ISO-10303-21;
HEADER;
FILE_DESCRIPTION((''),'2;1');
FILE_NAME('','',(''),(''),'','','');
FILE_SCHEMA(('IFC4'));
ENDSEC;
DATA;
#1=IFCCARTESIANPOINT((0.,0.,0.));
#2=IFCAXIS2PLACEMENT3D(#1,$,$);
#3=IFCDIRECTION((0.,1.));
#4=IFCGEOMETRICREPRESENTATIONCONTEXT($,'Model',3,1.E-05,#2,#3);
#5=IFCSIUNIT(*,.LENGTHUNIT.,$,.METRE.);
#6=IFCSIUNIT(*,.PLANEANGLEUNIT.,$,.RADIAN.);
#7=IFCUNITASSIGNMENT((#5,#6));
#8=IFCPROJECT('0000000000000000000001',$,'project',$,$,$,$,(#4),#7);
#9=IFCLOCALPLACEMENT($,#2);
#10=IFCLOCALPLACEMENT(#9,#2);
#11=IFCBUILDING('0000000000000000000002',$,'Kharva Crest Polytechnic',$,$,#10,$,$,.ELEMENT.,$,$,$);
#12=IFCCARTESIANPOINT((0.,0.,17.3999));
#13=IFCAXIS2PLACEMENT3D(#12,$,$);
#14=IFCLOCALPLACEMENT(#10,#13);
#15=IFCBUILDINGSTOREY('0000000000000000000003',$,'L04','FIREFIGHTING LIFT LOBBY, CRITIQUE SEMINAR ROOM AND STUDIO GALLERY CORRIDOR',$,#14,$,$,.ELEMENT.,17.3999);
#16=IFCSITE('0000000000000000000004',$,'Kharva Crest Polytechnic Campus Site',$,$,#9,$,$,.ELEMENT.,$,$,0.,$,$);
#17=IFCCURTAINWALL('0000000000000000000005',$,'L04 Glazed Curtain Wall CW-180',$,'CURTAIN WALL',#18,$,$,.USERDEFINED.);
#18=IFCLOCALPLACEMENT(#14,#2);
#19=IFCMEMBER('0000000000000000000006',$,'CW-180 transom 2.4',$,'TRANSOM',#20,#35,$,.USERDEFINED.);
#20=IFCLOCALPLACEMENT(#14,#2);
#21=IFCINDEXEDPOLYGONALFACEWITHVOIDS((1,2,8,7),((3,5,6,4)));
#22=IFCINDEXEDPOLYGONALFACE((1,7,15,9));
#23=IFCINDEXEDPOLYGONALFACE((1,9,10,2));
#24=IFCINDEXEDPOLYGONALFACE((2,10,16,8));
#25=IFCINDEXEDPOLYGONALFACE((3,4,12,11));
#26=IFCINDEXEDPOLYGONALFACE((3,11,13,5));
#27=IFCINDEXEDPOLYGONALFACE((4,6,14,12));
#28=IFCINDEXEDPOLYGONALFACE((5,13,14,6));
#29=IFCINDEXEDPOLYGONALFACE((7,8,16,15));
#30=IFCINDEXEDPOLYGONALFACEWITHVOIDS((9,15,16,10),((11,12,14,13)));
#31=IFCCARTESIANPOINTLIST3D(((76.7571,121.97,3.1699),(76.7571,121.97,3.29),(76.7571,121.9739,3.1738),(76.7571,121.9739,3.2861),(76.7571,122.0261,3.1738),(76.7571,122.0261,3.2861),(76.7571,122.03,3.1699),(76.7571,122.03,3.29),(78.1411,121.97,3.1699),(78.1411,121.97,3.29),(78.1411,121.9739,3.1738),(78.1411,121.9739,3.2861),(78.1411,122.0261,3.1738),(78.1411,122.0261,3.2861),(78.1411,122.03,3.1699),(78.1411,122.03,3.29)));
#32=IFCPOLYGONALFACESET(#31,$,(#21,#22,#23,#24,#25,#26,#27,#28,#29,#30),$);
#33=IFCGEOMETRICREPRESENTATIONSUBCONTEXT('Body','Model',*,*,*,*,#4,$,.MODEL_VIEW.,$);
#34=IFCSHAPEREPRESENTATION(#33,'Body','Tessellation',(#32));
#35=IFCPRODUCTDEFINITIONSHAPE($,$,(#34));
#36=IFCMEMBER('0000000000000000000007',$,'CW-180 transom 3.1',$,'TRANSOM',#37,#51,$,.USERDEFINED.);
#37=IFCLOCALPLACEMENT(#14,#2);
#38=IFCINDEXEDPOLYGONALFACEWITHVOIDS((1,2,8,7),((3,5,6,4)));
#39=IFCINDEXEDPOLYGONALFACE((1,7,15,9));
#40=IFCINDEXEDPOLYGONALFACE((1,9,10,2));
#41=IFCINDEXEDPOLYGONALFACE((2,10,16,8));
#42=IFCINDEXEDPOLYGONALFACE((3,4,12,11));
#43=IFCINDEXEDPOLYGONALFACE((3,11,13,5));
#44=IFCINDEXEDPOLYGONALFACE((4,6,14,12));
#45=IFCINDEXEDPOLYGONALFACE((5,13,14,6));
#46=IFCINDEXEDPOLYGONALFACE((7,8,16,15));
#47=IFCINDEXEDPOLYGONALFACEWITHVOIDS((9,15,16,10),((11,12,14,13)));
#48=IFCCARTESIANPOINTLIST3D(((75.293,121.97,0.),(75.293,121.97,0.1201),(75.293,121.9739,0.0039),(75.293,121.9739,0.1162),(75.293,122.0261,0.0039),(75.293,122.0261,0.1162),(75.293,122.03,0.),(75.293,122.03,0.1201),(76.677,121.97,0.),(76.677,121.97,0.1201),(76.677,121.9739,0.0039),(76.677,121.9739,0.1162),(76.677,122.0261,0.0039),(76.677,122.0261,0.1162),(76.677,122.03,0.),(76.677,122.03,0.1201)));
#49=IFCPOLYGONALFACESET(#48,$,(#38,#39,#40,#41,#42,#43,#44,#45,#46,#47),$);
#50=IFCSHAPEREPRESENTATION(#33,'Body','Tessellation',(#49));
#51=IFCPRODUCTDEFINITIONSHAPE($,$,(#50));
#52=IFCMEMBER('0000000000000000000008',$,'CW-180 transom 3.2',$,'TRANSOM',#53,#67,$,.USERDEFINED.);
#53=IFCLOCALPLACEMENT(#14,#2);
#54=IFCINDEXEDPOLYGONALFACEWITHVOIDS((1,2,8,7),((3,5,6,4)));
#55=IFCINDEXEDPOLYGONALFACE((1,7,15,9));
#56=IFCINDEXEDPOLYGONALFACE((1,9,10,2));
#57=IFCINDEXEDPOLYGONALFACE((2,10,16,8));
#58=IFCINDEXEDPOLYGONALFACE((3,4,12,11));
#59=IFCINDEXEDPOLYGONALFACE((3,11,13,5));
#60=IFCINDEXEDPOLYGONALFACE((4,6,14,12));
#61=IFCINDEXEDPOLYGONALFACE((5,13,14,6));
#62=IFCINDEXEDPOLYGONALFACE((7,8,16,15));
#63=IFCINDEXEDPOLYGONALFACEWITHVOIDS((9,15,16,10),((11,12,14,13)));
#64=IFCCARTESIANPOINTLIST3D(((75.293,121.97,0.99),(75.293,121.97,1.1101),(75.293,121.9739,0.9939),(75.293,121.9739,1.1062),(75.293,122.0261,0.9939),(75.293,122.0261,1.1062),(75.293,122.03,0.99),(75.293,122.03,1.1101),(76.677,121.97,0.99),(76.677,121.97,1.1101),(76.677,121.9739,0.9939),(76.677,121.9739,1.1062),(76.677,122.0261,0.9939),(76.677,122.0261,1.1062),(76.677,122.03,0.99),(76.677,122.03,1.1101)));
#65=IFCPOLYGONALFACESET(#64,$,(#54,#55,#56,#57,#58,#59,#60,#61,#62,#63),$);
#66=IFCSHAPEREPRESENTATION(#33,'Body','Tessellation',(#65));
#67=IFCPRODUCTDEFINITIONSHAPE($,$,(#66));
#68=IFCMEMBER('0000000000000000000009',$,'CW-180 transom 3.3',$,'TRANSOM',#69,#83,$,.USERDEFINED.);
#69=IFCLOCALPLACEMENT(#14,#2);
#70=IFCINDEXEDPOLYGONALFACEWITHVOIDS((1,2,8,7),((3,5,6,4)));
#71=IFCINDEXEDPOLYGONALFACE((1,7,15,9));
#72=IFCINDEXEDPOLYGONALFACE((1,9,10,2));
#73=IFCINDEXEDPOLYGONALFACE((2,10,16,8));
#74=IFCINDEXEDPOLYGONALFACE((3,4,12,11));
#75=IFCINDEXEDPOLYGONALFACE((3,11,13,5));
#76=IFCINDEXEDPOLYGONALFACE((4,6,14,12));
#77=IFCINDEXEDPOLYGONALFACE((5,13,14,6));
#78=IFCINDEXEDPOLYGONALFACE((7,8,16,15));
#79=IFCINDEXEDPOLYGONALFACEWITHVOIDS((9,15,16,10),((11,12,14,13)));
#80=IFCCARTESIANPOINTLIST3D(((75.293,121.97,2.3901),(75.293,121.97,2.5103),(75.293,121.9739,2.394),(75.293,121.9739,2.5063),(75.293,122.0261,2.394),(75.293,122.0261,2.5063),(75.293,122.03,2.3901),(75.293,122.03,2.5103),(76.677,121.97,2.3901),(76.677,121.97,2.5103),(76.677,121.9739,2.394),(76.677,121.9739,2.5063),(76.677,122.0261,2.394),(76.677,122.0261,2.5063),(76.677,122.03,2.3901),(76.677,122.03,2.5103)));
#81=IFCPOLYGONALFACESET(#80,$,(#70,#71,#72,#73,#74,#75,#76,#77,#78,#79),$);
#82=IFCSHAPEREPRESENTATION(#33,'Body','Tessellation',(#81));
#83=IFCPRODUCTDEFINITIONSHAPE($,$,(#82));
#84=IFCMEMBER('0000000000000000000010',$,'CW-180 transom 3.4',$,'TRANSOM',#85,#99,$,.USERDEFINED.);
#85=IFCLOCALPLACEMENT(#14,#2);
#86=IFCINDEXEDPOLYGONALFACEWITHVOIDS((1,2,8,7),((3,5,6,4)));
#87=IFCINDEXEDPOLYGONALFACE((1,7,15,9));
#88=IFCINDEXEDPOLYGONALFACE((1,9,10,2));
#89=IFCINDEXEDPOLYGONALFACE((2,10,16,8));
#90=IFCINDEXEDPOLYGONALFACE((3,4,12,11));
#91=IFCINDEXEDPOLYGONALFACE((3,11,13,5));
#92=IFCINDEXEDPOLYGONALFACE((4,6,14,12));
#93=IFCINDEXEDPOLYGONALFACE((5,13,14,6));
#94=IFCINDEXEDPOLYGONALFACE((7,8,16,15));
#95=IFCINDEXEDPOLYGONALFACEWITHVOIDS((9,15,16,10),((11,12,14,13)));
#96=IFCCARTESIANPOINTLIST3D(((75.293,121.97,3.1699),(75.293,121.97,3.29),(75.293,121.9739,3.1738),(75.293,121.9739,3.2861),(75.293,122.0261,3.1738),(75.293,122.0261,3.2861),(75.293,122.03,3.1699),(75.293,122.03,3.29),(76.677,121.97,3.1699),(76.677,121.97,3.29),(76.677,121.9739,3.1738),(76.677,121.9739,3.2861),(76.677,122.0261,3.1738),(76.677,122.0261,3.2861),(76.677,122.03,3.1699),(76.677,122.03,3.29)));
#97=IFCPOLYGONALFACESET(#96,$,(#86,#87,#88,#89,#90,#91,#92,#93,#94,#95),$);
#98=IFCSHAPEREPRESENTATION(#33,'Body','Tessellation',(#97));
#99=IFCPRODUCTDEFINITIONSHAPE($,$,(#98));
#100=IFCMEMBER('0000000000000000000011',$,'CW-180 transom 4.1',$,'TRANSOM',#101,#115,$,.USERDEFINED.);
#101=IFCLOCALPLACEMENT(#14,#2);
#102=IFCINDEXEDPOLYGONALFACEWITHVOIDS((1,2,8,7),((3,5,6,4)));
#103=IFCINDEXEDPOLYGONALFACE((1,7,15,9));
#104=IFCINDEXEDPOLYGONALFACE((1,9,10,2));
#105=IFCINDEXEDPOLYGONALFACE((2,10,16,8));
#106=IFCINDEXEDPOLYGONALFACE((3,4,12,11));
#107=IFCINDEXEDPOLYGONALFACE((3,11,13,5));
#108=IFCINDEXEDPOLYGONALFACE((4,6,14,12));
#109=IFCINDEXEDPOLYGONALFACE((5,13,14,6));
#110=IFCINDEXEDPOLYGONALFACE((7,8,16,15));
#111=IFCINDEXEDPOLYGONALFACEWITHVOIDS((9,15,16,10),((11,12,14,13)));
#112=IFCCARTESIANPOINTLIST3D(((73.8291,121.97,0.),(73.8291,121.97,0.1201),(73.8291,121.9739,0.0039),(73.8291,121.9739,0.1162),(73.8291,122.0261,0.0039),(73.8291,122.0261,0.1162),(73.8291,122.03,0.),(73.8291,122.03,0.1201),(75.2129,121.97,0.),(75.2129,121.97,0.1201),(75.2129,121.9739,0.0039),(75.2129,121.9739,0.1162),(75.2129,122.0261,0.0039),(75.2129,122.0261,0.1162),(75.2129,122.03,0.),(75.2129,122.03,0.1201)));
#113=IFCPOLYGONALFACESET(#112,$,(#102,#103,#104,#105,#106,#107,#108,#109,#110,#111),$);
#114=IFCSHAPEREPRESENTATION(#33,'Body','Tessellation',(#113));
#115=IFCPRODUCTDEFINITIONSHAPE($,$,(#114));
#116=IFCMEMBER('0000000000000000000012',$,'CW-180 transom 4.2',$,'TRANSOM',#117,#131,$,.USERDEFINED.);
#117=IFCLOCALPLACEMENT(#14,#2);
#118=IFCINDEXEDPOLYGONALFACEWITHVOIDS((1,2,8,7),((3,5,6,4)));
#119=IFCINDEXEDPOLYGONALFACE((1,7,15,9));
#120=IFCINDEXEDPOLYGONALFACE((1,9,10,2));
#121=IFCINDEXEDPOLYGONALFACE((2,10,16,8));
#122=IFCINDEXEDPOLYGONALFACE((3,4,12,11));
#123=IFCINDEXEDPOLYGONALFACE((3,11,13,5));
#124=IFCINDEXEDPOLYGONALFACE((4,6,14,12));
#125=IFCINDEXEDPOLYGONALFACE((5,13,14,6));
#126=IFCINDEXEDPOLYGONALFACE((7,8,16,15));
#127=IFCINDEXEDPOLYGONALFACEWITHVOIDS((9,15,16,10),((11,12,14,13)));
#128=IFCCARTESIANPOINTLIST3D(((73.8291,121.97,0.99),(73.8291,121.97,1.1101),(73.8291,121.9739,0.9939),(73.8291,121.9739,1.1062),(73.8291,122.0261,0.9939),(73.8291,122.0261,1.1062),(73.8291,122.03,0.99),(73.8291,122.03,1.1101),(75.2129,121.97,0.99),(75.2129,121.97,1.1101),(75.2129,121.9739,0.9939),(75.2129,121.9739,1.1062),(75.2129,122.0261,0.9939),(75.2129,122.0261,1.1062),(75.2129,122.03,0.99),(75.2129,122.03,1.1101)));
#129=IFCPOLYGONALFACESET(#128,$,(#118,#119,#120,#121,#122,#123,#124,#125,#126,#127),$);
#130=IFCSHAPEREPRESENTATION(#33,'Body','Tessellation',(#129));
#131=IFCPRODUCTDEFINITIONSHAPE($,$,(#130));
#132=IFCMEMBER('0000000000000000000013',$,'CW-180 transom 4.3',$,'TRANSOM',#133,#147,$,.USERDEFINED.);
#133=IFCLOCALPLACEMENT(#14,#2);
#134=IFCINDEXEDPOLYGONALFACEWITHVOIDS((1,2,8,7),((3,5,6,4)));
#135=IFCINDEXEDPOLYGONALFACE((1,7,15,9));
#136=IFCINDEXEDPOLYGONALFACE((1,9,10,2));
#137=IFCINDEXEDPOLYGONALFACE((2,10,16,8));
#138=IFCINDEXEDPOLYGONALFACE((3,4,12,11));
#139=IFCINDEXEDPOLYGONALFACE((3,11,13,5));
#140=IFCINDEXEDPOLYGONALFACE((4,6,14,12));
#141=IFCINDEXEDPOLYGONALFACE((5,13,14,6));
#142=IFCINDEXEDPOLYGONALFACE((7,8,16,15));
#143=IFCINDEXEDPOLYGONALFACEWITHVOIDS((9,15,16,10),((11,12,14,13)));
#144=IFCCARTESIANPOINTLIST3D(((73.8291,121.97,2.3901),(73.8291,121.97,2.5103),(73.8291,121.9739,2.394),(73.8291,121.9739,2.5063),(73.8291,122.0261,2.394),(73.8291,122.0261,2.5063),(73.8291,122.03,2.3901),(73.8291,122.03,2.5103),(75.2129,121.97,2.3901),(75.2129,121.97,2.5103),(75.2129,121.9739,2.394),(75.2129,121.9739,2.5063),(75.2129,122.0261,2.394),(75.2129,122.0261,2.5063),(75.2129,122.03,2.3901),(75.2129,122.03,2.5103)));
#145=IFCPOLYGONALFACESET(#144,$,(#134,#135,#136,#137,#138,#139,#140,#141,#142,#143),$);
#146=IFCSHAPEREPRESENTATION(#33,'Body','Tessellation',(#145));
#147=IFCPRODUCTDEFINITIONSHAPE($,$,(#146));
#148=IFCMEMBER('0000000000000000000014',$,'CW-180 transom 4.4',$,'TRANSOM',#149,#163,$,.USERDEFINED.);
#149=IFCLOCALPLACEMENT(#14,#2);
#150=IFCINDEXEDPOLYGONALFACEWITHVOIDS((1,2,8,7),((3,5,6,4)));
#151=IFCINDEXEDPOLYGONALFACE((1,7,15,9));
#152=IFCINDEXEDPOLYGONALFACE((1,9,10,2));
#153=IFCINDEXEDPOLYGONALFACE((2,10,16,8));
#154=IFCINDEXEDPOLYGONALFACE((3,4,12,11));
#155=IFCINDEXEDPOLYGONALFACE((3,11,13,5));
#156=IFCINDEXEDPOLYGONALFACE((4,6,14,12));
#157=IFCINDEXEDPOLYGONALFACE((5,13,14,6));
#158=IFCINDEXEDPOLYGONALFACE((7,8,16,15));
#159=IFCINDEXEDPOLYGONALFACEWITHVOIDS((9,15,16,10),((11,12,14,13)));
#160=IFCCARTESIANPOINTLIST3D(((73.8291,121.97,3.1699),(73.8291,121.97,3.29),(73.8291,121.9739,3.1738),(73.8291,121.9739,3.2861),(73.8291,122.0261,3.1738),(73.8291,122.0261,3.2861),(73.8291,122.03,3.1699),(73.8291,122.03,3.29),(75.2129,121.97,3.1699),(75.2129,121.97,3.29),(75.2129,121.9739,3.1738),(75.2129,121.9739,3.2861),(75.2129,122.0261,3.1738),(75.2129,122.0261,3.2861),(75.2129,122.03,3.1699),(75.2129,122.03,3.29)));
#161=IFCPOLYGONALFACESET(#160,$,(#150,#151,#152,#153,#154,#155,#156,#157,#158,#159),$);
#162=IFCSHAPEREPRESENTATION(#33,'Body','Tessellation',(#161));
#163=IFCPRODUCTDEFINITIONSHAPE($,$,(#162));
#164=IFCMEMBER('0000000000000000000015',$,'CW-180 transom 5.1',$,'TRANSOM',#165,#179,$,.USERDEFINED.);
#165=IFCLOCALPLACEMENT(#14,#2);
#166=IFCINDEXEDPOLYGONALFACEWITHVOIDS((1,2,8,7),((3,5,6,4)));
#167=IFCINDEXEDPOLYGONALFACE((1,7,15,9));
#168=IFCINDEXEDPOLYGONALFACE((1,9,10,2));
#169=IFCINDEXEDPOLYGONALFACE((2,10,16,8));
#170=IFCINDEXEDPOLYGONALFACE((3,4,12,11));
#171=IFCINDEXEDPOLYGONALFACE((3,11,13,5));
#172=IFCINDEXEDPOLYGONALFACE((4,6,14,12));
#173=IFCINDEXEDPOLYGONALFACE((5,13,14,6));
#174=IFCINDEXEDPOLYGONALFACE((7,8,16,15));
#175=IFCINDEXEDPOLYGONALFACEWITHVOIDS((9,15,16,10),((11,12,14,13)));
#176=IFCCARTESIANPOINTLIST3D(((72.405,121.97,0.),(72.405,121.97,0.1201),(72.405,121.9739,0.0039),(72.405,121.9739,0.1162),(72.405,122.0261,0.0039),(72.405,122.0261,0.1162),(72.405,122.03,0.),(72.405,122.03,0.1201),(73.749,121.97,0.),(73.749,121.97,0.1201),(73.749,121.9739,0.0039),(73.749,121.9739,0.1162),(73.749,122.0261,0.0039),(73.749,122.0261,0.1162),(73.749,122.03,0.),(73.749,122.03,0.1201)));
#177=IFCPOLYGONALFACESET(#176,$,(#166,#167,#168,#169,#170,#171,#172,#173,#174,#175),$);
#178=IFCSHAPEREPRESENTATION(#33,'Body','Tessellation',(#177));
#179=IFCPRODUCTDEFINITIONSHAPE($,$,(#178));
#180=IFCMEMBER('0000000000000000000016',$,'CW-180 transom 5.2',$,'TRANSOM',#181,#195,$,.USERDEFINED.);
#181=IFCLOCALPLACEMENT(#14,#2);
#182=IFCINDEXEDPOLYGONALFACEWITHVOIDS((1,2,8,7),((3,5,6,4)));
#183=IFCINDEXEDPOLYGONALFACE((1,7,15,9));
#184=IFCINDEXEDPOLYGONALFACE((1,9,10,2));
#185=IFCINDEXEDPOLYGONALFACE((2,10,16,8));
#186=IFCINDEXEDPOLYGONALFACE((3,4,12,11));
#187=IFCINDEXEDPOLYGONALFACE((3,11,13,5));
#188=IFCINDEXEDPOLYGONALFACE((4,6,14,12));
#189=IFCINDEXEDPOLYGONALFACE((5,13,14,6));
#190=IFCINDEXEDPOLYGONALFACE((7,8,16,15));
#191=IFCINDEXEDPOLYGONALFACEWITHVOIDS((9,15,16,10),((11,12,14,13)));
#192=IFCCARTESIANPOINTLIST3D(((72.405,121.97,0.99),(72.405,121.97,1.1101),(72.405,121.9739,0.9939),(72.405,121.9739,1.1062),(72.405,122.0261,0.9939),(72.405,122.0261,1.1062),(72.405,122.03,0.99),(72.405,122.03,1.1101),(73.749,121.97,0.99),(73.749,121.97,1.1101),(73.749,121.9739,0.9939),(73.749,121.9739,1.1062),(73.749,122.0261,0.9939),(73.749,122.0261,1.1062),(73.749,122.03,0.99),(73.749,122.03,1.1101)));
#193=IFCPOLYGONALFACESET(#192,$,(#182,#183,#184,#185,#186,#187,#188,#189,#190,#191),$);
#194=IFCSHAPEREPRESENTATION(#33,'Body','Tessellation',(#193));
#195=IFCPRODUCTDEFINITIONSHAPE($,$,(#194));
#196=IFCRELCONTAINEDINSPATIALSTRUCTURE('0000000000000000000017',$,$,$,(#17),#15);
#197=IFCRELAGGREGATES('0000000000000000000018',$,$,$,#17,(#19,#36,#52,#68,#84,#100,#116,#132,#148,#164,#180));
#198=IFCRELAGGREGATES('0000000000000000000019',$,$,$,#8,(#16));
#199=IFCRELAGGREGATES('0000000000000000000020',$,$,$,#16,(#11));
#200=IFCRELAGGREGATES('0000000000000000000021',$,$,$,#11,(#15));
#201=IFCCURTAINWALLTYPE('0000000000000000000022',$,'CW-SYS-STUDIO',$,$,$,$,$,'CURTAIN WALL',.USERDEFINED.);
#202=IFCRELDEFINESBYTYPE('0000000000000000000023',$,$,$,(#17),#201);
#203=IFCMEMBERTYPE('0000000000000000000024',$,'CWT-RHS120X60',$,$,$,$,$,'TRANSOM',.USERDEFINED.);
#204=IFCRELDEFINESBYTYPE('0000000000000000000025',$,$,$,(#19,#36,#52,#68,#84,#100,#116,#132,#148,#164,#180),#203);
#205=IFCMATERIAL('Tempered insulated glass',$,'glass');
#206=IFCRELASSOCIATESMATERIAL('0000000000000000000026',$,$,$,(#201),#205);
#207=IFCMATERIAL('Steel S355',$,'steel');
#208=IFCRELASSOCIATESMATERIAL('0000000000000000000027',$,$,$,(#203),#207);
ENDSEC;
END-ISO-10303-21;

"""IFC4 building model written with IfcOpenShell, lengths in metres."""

from ifc_helpers import new_model, si_unit, direction, frame, origin, origin_2d, place, context, subcontext, project, spatial, hollow_rectangle, extrude, material, material_profile, profile_set, type_object, element, aggregate, save


model = new_model("IFC4")

# Units and contexts
model_context = context("Model", 3, precision=1e-05, world=origin(), true_north=direction((0.0, 1.0)))
body_context = subcontext(model_context, "Body", "Model", "MODEL_VIEW")
ifc_project = project(units=[si_unit("LENGTHUNIT", "METRE"), si_unit("PLANEANGLEUNIT", "RADIAN")], contexts=[model_context])

# Site, building, storey
site_placement = place(None, origin())
site = spatial("IfcSite", under=ifc_project, at=site_placement, Name="Kharva Crest Polytechnic Campus Site", CompositionType="ELEMENT", RefElevation=0.0)
building_placement = place(site_placement, origin())
building = spatial("IfcBuilding", under=site, at=building_placement, Name="Kharva Crest Polytechnic", CompositionType="ELEMENT")
storey_placement = place(building_placement, frame((0.0, 0.0, 17.3999)))
storey = spatial("IfcBuildingStorey", under=building, at=storey_placement, Name="L04", Description="FIREFIGHTING LIFT LOBBY, CRITIQUE SEMINAR ROOM AND STUDIO GALLERY CORRIDOR", CompositionType="ELEMENT", Elevation=17.3999)

# Curtain wall, members
ifc_material_1 = material(Name="Tempered insulated glass", Category="glass")
curtain_wall_type = type_object("IfcCurtainWallType", Name="CW-SYS-STUDIO", ElementType="CURTAIN WALL", PredefinedType="USERDEFINED", material=ifc_material_1)
curtain_wall_placement = place(storey_placement, origin())
curtain_wall = element("IfcCurtainWall", 1, at=curtain_wall_placement, inside=storey, type_object=curtain_wall_type, Name="L04 Glazed Curtain Wall CW-180", ObjectType="CURTAIN WALL", PredefinedType="USERDEFINED")
ifc_material_2 = material(Name="Steel S355", Category="steel")
ifc_material_profile_1 = material_profile(ifc_material_2, hollow_rectangle(XDim=0.0601, YDim=0.1201, WallThickness=0.0039, at=origin_2d()), Name="RHS 120X60X4.0")
ifc_profile_set_1 = profile_set([ifc_material_profile_1], Name="Steel S355")
member_type_1 = type_object("IfcMemberType", Name="CWT-RHS120X60", ElementType="TRANSOM", PredefinedType="USERDEFINED", material=ifc_profile_set_1)
member_1_placement = place(storey_placement, frame((78.1411, 122.0, 3.23), z_axis=(-1.0, 0.0, 0.0), x_axis=(0.0, -1.0, 0.0)))
member_1 = element("IfcMember", 2, at=member_1_placement, type_object=member_type_1, Name="CW-180 transom 2.4", ObjectType="TRANSOM", PredefinedType="USERDEFINED", context=body_context, shape_type="SweptSolid", body=[
    extrude(hollow_rectangle(XDim=0.0601, YDim=0.1201, WallThickness=0.0039, at=origin_2d()), origin(), (0.0, 0.0, 1.0), 1.384),
])
member_2_placement = place(storey_placement, frame((76.677, 122.0, 0.0601), z_axis=(-1.0, 0.0, 0.0), x_axis=(0.0, -1.0, 0.0)))
member_2 = element("IfcMember", 3, at=member_2_placement, type_object=member_type_1, Name="CW-180 transom 3.1", ObjectType="TRANSOM", PredefinedType="USERDEFINED", context=body_context, shape_type="SweptSolid", body=[
    extrude(hollow_rectangle(XDim=0.0601, YDim=0.1201, WallThickness=0.0039, at=origin_2d()), origin(), (0.0, 0.0, 1.0), 1.384),
])
member_3_placement = place(storey_placement, frame((76.677, 122.0, 1.05), z_axis=(-1.0, 0.0, 0.0), x_axis=(0.0, -1.0, 0.0)))
member_3 = element("IfcMember", 4, at=member_3_placement, type_object=member_type_1, Name="CW-180 transom 3.2", ObjectType="TRANSOM", PredefinedType="USERDEFINED", context=body_context, shape_type="SweptSolid", body=[
    extrude(hollow_rectangle(XDim=0.0601, YDim=0.1201, WallThickness=0.0039, at=origin_2d()), origin(), (0.0, 0.0, 1.0), 1.384),
])
member_4_placement = place(storey_placement, frame((76.677, 122.0, 2.4502), z_axis=(-1.0, 0.0, 0.0), x_axis=(0.0, -1.0, 0.0)))
member_4 = element("IfcMember", 5, at=member_4_placement, type_object=member_type_1, Name="CW-180 transom 3.3", ObjectType="TRANSOM", PredefinedType="USERDEFINED", context=body_context, shape_type="SweptSolid", body=[
    extrude(hollow_rectangle(XDim=0.0601, YDim=0.1201, WallThickness=0.0039, at=origin_2d()), origin(), (0.0, 0.0, 1.0), 1.384),
])
member_5_placement = place(storey_placement, frame((76.677, 122.0, 3.23), z_axis=(-1.0, 0.0, 0.0), x_axis=(0.0, -1.0, 0.0)))
member_5 = element("IfcMember", 6, at=member_5_placement, type_object=member_type_1, Name="CW-180 transom 3.4", ObjectType="TRANSOM", PredefinedType="USERDEFINED", context=body_context, shape_type="SweptSolid", body=[
    extrude(hollow_rectangle(XDim=0.0601, YDim=0.1201, WallThickness=0.0039, at=origin_2d()), origin(), (0.0, 0.0, 1.0), 1.384),
])
member_6_placement = place(storey_placement, frame((75.2129, 122.0, 0.0601), z_axis=(-1.0, 0.0, 0.0), x_axis=(0.0, -1.0, 0.0)))
member_6 = element("IfcMember", 7, at=member_6_placement, type_object=member_type_1, Name="CW-180 transom 4.1", ObjectType="TRANSOM", PredefinedType="USERDEFINED", context=body_context, shape_type="SweptSolid", body=[
    extrude(hollow_rectangle(XDim=0.0601, YDim=0.1201, WallThickness=0.0039, at=origin_2d()), origin(), (0.0, 0.0, 1.0), 1.3838),
])
member_7_placement = place(storey_placement, frame((75.2129, 122.0, 1.05), z_axis=(-1.0, 0.0, 0.0), x_axis=(0.0, -1.0, 0.0)))
member_7 = element("IfcMember", 8, at=member_7_placement, type_object=member_type_1, Name="CW-180 transom 4.2", ObjectType="TRANSOM", PredefinedType="USERDEFINED", context=body_context, shape_type="SweptSolid", body=[
    extrude(hollow_rectangle(XDim=0.0601, YDim=0.1201, WallThickness=0.0039, at=origin_2d()), origin(), (0.0, 0.0, 1.0), 1.3838),
])
member_8_placement = place(storey_placement, frame((75.2129, 122.0, 2.4502), z_axis=(-1.0, 0.0, 0.0), x_axis=(0.0, -1.0, 0.0)))
member_8 = element("IfcMember", 9, at=member_8_placement, type_object=member_type_1, Name="CW-180 transom 4.3", ObjectType="TRANSOM", PredefinedType="USERDEFINED", context=body_context, shape_type="SweptSolid", body=[
    extrude(hollow_rectangle(XDim=0.0601, YDim=0.1201, WallThickness=0.0039, at=origin_2d()), origin(), (0.0, 0.0, 1.0), 1.3838),
])
member_9_placement = place(storey_placement, frame((75.2129, 122.0, 3.23), z_axis=(-1.0, 0.0, 0.0), x_axis=(0.0, -1.0, 0.0)))
member_9 = element("IfcMember", 10, at=member_9_placement, type_object=member_type_1, Name="CW-180 transom 4.4", ObjectType="TRANSOM", PredefinedType="USERDEFINED", context=body_context, shape_type="SweptSolid", body=[
    extrude(hollow_rectangle(XDim=0.0601, YDim=0.1201, WallThickness=0.0039, at=origin_2d()), origin(), (0.0, 0.0, 1.0), 1.3838),
])
member_10_placement = place(storey_placement, frame((73.749, 122.0, 0.0601), z_axis=(-1.0, 0.0, 0.0), x_axis=(0.0, -1.0, 0.0)))
member_10 = element("IfcMember", 11, at=member_10_placement, type_object=member_type_1, Name="CW-180 transom 5.1", ObjectType="TRANSOM", PredefinedType="USERDEFINED", context=body_context, shape_type="SweptSolid", body=[
    extrude(hollow_rectangle(XDim=0.0601, YDim=0.1201, WallThickness=0.0039, at=origin_2d()), origin(), (0.0, 0.0, 1.0), 1.344),
])
member_11_placement = place(storey_placement, frame((73.749, 122.0, 1.05), z_axis=(-1.0, 0.0, 0.0), x_axis=(0.0, -1.0, 0.0)))
member_11 = element("IfcMember", 12, at=member_11_placement, type_object=member_type_1, Name="CW-180 transom 5.2", ObjectType="TRANSOM", PredefinedType="USERDEFINED", context=body_context, shape_type="SweptSolid", body=[
    extrude(hollow_rectangle(XDim=0.0601, YDim=0.1201, WallThickness=0.0039, at=origin_2d()), origin(), (0.0, 0.0, 1.0), 1.344),
])
aggregate(curtain_wall, [member_1, member_2, member_3, member_4, member_5, member_6, member_7, member_8, member_9, member_10, member_11])

save(model, "model.ifc")
